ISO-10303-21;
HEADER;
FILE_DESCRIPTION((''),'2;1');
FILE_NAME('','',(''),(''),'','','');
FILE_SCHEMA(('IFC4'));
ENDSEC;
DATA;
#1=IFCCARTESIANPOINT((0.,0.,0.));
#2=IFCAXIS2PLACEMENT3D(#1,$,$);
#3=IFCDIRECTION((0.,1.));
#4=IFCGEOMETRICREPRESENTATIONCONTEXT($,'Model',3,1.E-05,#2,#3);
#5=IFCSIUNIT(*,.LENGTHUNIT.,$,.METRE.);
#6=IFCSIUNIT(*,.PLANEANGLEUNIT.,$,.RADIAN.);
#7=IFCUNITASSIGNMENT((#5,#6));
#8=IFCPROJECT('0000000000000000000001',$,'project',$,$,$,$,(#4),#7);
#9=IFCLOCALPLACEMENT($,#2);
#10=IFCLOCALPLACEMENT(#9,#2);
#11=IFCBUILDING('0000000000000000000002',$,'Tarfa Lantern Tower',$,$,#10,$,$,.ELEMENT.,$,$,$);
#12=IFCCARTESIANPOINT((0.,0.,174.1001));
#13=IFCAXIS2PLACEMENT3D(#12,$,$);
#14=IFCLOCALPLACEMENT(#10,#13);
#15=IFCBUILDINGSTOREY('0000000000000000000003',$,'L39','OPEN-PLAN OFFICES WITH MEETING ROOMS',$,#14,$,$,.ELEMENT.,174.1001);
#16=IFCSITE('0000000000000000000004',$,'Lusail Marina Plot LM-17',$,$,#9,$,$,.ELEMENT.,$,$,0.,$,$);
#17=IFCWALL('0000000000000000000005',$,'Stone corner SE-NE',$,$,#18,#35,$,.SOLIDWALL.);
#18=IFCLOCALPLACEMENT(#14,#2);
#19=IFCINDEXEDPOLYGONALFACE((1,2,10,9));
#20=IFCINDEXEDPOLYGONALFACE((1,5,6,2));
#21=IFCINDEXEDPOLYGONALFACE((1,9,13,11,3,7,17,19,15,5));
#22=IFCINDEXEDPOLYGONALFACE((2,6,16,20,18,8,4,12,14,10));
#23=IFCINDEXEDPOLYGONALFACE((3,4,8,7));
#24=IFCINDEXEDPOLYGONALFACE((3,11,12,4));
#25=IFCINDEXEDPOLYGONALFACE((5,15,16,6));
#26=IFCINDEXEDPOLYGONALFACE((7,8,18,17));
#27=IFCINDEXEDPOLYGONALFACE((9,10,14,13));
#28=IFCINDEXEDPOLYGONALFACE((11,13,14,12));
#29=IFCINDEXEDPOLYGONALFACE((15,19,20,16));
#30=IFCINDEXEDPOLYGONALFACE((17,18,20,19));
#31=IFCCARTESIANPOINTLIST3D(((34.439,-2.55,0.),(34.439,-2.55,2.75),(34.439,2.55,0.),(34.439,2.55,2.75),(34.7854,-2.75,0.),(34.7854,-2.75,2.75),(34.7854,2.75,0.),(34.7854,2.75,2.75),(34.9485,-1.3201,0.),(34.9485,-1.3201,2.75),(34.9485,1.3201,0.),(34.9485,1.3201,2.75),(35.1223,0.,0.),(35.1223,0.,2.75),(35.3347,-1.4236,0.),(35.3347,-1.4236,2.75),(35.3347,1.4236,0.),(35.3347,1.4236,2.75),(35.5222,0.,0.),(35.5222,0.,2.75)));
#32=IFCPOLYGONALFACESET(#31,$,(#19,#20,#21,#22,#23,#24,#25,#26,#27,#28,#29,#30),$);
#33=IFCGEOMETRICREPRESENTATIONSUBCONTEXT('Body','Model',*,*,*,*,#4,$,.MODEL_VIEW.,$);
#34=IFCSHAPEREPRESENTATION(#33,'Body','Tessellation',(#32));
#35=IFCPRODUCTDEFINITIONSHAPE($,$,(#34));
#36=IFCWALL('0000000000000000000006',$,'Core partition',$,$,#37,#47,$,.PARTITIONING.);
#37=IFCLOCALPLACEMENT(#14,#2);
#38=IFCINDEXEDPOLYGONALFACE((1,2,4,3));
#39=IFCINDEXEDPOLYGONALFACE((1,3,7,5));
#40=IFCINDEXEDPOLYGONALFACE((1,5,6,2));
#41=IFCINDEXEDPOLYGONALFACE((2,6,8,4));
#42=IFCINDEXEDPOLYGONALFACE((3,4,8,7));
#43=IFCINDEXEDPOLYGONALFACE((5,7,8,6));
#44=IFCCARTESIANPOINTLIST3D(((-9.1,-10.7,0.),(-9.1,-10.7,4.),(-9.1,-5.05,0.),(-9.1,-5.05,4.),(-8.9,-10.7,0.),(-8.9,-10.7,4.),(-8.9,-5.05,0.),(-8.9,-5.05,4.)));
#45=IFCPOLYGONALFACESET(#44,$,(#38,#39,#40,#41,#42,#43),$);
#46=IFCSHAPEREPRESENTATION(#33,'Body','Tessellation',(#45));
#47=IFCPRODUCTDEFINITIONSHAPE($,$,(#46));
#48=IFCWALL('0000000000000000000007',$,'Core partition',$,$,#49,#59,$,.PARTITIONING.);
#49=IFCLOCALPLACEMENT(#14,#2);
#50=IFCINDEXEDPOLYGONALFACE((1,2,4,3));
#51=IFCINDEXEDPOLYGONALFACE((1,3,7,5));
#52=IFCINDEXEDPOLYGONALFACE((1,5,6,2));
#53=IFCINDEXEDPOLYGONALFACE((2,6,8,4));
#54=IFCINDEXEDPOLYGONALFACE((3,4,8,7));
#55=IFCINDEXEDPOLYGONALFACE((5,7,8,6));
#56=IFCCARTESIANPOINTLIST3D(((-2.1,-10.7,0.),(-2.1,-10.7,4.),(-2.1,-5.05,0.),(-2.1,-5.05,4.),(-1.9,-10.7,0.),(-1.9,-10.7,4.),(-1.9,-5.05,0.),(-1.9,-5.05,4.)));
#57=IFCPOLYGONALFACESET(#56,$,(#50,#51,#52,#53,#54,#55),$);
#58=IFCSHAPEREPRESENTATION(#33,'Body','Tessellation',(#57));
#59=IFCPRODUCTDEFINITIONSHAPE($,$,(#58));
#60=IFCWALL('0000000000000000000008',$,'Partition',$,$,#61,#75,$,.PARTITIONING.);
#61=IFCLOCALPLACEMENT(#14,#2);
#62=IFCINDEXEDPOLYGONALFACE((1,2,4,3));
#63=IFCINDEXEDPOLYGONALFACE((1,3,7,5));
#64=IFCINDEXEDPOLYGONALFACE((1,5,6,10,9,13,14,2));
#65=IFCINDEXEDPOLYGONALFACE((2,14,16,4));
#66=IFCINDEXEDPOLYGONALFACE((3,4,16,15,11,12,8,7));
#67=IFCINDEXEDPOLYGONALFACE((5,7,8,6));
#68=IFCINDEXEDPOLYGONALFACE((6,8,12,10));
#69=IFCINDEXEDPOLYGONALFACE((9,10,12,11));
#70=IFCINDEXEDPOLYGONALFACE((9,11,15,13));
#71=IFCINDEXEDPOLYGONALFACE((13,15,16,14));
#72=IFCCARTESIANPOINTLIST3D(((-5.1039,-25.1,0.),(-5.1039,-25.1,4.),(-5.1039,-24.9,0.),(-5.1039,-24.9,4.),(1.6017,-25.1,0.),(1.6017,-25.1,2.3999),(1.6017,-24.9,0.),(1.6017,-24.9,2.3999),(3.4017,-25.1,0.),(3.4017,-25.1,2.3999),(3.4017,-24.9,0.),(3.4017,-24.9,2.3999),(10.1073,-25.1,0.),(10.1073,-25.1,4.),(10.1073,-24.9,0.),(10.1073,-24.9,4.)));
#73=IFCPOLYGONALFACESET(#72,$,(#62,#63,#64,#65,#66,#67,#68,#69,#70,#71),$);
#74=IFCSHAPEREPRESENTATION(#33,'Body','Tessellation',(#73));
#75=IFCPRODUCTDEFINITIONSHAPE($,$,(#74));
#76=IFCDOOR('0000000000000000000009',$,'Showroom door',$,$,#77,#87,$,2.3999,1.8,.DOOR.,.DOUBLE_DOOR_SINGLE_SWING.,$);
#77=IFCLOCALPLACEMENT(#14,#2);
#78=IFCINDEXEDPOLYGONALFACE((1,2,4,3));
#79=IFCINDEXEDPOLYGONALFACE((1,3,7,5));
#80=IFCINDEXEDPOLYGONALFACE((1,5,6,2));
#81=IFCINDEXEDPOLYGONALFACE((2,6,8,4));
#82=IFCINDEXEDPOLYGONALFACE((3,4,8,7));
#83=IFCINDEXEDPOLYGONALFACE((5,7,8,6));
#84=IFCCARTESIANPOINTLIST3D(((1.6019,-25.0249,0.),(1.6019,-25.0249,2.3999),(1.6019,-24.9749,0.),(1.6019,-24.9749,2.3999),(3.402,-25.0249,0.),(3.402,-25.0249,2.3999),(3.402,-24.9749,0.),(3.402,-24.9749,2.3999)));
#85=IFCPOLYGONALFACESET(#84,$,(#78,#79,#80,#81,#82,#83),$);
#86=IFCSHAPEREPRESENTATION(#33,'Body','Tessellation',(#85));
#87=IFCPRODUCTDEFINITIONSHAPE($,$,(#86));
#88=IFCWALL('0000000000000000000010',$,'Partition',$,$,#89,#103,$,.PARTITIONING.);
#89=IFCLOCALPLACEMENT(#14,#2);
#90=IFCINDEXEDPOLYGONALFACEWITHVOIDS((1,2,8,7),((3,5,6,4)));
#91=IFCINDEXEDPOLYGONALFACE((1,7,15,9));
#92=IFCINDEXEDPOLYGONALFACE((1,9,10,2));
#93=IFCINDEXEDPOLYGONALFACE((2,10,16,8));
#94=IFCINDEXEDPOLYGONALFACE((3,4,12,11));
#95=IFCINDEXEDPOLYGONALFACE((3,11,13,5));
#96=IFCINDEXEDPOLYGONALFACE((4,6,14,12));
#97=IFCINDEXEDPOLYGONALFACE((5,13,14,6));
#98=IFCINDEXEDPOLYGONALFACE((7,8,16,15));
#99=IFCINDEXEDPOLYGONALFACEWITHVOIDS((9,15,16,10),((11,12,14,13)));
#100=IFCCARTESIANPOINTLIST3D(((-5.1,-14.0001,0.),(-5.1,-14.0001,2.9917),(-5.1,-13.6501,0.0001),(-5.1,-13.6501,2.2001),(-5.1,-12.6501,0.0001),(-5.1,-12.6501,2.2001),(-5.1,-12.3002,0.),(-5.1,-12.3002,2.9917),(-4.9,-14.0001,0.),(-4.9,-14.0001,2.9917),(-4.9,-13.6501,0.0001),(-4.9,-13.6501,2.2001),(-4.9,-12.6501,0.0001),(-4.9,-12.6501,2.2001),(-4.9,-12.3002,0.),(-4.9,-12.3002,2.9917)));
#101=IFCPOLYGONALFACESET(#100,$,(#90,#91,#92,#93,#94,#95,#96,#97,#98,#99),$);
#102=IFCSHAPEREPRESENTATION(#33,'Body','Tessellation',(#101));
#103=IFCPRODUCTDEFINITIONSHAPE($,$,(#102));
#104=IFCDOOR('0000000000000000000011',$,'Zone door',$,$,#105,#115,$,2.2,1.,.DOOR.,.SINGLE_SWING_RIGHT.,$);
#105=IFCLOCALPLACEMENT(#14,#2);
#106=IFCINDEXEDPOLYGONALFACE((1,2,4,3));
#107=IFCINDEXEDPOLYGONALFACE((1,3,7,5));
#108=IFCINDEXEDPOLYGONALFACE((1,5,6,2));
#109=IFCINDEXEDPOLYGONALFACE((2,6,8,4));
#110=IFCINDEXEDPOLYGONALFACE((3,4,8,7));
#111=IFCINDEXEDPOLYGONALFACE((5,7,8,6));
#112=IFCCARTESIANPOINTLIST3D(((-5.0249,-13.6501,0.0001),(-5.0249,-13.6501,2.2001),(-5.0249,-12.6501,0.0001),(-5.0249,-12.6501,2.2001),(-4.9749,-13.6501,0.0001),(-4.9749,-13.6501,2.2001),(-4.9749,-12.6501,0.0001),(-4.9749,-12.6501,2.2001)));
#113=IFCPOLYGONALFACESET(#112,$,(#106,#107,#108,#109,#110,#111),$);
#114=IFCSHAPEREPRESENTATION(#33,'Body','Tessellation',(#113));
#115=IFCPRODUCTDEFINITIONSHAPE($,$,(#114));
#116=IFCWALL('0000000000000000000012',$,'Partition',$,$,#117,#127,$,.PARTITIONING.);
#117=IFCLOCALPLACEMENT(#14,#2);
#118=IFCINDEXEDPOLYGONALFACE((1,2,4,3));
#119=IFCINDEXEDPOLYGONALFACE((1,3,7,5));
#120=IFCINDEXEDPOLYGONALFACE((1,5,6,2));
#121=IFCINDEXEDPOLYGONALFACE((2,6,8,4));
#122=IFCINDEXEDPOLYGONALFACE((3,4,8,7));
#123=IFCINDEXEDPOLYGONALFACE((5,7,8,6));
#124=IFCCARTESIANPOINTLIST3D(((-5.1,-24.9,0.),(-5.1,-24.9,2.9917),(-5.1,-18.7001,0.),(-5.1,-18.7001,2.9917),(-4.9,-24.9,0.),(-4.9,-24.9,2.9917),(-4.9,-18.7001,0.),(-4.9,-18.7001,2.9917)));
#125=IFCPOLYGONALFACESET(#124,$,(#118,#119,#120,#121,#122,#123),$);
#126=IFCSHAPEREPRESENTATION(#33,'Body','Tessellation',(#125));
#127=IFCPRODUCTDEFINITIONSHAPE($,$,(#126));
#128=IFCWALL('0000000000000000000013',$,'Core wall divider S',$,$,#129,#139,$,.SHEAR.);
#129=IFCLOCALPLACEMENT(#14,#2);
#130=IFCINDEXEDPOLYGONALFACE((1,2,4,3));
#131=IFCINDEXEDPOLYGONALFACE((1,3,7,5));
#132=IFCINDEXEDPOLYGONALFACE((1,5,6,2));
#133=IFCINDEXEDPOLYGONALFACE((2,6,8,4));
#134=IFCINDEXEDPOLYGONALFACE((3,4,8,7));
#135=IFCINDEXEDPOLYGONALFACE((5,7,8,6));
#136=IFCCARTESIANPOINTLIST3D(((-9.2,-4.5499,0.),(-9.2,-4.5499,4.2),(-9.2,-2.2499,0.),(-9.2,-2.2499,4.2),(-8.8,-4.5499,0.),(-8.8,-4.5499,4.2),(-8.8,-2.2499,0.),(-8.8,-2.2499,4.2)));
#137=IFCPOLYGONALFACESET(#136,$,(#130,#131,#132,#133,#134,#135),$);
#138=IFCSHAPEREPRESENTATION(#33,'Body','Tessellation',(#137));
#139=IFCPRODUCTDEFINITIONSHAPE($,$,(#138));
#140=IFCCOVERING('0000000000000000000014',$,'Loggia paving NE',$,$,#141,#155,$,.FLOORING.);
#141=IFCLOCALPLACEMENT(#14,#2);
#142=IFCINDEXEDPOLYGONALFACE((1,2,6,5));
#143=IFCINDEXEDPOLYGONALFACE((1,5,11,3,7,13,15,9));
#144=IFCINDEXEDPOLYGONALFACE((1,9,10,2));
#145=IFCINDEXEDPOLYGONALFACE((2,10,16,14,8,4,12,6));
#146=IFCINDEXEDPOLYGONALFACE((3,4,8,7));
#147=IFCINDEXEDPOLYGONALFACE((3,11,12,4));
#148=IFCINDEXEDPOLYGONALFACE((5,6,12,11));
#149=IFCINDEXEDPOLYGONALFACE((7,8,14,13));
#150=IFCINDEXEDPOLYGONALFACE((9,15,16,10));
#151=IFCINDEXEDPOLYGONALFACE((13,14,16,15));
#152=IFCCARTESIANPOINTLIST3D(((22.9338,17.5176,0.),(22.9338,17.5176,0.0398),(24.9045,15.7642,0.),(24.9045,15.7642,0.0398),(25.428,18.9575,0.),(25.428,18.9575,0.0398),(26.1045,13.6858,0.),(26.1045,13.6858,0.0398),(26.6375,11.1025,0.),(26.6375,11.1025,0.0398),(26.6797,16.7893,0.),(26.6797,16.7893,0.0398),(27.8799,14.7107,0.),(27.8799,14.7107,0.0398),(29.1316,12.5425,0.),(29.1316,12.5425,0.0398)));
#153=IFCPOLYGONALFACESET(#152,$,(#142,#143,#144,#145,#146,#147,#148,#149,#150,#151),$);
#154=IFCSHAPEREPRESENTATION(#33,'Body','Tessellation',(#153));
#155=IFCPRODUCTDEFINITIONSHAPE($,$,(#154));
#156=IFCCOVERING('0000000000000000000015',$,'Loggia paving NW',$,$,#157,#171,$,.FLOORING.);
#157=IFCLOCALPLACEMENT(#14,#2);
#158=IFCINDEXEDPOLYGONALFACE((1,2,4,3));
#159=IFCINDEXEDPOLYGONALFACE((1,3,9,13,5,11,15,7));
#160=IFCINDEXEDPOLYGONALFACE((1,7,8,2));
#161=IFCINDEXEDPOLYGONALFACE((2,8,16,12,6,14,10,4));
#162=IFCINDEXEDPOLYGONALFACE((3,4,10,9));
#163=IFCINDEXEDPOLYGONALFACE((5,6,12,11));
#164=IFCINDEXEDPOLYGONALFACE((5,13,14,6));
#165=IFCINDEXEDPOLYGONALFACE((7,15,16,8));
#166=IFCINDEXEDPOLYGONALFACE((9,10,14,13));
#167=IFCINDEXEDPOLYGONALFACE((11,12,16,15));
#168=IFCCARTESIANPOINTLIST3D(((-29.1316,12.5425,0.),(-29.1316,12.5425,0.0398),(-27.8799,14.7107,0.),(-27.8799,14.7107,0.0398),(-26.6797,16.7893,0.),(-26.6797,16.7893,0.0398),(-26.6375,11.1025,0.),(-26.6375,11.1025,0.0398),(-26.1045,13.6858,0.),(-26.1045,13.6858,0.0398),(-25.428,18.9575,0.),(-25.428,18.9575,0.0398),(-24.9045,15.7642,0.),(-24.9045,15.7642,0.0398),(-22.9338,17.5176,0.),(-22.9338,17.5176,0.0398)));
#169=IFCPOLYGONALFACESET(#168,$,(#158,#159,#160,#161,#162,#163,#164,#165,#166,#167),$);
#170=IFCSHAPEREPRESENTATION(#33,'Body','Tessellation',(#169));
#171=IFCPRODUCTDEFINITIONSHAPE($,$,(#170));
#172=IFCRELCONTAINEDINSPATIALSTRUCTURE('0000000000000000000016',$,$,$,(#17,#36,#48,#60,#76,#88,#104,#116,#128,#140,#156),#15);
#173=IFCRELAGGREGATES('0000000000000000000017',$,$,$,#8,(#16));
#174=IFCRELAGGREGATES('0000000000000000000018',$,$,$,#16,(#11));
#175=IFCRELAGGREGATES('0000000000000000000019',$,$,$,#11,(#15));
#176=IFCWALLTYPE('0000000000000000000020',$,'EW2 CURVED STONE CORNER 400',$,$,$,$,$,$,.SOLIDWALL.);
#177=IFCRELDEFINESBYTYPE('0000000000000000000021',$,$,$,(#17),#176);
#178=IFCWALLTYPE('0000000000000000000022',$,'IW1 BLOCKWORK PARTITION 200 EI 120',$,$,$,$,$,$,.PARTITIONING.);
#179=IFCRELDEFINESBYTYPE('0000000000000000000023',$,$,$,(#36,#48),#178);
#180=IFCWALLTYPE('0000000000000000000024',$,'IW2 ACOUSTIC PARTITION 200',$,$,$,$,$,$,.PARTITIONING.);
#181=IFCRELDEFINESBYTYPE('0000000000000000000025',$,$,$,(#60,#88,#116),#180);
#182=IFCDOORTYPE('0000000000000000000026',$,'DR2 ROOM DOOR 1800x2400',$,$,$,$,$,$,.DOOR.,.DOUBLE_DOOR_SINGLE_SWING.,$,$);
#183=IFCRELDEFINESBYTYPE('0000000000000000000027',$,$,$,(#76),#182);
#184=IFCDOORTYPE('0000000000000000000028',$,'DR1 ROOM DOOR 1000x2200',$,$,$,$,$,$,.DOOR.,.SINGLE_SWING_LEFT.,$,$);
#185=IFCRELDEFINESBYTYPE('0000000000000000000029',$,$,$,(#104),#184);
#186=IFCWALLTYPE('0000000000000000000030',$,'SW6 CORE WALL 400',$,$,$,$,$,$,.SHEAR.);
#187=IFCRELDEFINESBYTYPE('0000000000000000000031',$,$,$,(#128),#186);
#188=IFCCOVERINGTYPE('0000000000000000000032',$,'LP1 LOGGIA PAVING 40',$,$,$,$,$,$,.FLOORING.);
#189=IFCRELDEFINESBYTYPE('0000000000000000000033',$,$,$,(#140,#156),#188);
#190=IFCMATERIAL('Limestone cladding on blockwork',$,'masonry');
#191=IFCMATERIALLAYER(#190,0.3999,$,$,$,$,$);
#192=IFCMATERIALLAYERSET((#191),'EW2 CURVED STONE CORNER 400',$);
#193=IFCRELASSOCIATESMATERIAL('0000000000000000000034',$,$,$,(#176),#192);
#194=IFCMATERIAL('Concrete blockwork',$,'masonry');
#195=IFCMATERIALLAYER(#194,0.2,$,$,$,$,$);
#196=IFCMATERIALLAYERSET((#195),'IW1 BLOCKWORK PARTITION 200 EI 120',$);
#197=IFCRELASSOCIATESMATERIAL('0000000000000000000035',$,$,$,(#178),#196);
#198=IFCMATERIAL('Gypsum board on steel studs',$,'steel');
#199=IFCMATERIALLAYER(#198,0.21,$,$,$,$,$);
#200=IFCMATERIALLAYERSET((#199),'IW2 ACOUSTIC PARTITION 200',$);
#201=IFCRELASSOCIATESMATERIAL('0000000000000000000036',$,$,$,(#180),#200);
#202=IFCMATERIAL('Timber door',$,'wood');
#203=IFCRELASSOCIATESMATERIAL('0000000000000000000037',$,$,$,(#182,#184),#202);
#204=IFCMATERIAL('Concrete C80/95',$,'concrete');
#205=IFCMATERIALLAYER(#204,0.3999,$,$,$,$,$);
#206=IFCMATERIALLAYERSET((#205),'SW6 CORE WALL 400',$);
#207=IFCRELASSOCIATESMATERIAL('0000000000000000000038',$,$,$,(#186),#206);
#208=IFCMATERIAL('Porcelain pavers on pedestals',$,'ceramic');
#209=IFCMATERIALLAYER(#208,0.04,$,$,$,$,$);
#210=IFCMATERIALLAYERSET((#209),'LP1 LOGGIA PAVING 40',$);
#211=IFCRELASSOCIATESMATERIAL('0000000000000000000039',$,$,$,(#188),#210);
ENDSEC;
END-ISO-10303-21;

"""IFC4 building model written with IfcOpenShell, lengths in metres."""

from ifc_helpers import new_model, si_unit, direction, frame, frame_2d, origin, place, context, subcontext, project, spatial, polyline, rectangle, outline, extrude, material, layer, layer_set, type_object, element, fill, save


model = new_model("IFC4")

# Units and contexts
model_context = context("Model", 3, precision=1e-05, world=origin(), true_north=direction((0.0, 1.0)))
body_context = subcontext(model_context, "Body", "Model", "MODEL_VIEW")
ifc_project = project(units=[si_unit("LENGTHUNIT", "METRE"), si_unit("PLANEANGLEUNIT", "RADIAN")], contexts=[model_context])

# Site, building, storey
site_placement = place(None, origin())
site = spatial("IfcSite", under=ifc_project, at=site_placement, Name="Lusail Marina Plot LM-17", CompositionType="ELEMENT", RefElevation=0.0)
building_placement = place(site_placement, origin())
building = spatial("IfcBuilding", under=site, at=building_placement, Name="Tarfa Lantern Tower", CompositionType="ELEMENT")
storey_placement = place(building_placement, frame((0.0, 0.0, 174.1001)))
storey = spatial("IfcBuildingStorey", under=building, at=storey_placement, Name="L39", Description="OPEN-PLAN OFFICES WITH MEETING ROOMS", CompositionType="ELEMENT", Elevation=174.1001)

# Walls
ifc_material_1 = material(Name="Limestone cladding on blockwork", Category="masonry")
ifc_layer_1 = layer(ifc_material_1, 0.3999)
ifc_layer_set_1 = layer_set([ifc_layer_1], Name="EW2 CURVED STONE CORNER 400")
wall_type_1 = type_object("IfcWallType", Name="EW2 CURVED STONE CORNER 400", PredefinedType="SOLIDWALL", material=ifc_layer_set_1)
wall_1_placement = place(storey_placement, origin())
element("IfcWall", 1, at=wall_1_placement, inside=storey, type_object=wall_type_1, Name="Stone corner SE-NE", PredefinedType="SOLIDWALL", context=body_context, shape_type="SweptSolid", body=[
    extrude(outline(polyline([(34.7854, -2.75), (35.3347, -1.4236), (35.5222, 0.0), (35.3347, 1.4236), (34.7854, 2.75), (34.439, 2.55), (34.9485, 1.3201), (35.1223, 0.0), (34.9485, -1.3201), (34.439, -2.55), (34.7854, -2.75)])), origin(), (0.0, 0.0, 1.0), 2.75),
])
ifc_material_2 = material(Name="Concrete blockwork", Category="masonry")
ifc_layer_2 = layer(ifc_material_2, 0.2)
ifc_layer_set_2 = layer_set([ifc_layer_2], Name="IW1 BLOCKWORK PARTITION 200 EI 120")
wall_type_2 = type_object("IfcWallType", Name="IW1 BLOCKWORK PARTITION 200 EI 120", PredefinedType="PARTITIONING", material=ifc_layer_set_2)
for number, where, z_axis, x_axis, name in (
    (2, (-9.0, -5.05, 0.0), (0.0, 0.0, 1.0), (0.0, -1.0, 0.0), "Core partition"),
    (3, (-2.0, -5.05, 0.0), (0.0, 0.0, 1.0), (0.0, -1.0, 0.0), "Core partition"),
):
    element("IfcWall", number, at=place(storey_placement, frame(where, z_axis=z_axis, x_axis=x_axis)), inside=storey, type_object=wall_type_2, Name=name, PredefinedType="PARTITIONING", context=body_context, shape_type="SweptSolid", body=[
        extrude(rectangle(XDim=5.6499, YDim=0.2, at=frame_2d((2.825, 0.0))), origin(), (0.0, 0.0, 1.0), 4.0),
    ])

# Walls, openings, doors
ifc_material_3 = material(Name="Gypsum board on steel studs", Category="steel")
ifc_layer_3 = layer(ifc_material_3, 0.21)
ifc_layer_set_3 = layer_set([ifc_layer_3], Name="IW2 ACOUSTIC PARTITION 200")
wall_type_3 = type_object("IfcWallType", Name="IW2 ACOUSTIC PARTITION 200", PredefinedType="PARTITIONING", material=ifc_layer_set_3)
wall_2_placement = place(storey_placement, frame((-5.1038, -25.0, 0.0), z_axis=(0.0, 0.0, 1.0), x_axis=(1.0, 0.0, 0.0)))
wall_2 = element("IfcWall", 4, at=wall_2_placement, inside=storey, type_object=wall_type_3, Name="Partition", PredefinedType="PARTITIONING", context=body_context, shape_type="SweptSolid", body=[
    extrude(rectangle(XDim=15.2112, YDim=0.2, at=frame_2d((7.6055, 0.0))), origin(), (0.0, 0.0, 1.0), 4.0),
])
opening_1_placement = place(wall_2_placement, frame((6.7056, 0.0, 0.0)))
opening_1 = element("IfcOpeningElement", 5, at=opening_1_placement, cuts=wall_2, PredefinedType="OPENING", context=body_context, shape_type="SweptSolid", body=[
    extrude(rectangle(XDim=1.8, YDim=2.3999, at=frame_2d((0.8999, 1.2))), frame((0.0, 0.1099, 0.0), z_axis=(0.0, -1.0, 0.0), x_axis=(1.0, 0.0, 0.0)), (0.0, 0.0, 1.0), 0.22),
])
ifc_material_4 = material(Name="Timber door", Category="wood")
door_type_1 = type_object("IfcDoorType", Name="DR2 ROOM DOOR 1800x2400", OperationType="DOUBLE_DOOR_SINGLE_SWING", PredefinedType="DOOR", material=ifc_material_4)
door_1_placement = place(opening_1_placement, frame((1.8, 0.0, 0.0), z_axis=(0.0, 0.0, 1.0), x_axis=(-1.0, 0.0, 0.0)))
door_1 = element("IfcDoor", 6, at=door_1_placement, inside=storey, type_object=door_type_1, Name="Showroom door", OperationType="DOUBLE_DOOR_SINGLE_SWING", OverallHeight=2.3999, OverallWidth=1.8, PredefinedType="DOOR", context=body_context, shape_type="SweptSolid", body=[
    extrude(rectangle(XDim=1.8, YDim=2.3999, at=frame_2d((0.8999, 1.2))), frame((0.0, 0.0249, 0.0), z_axis=(0.0, -1.0, 0.0), x_axis=(1.0, 0.0, 0.0)), (0.0, 0.0, 1.0), 0.05),
])
fill(opening_1, door_1)
wall_3_placement = place(storey_placement, frame((-5.0, -12.3, 0.0), z_axis=(0.0, 0.0, 1.0), x_axis=(0.0, -1.0, 0.0)))
wall_3 = element("IfcWall", 7, at=wall_3_placement, inside=storey, type_object=wall_type_3, Name="Partition", PredefinedType="PARTITIONING", context=body_context, shape_type="SweptSolid", body=[
    extrude(rectangle(XDim=1.7, YDim=0.2, at=frame_2d((0.8501, 0.0))), origin(), (0.0, 0.0, 1.0), 2.9917),
])
opening_2_placement = place(wall_3_placement, frame((0.3501, 0.0, 0.0)))
opening_2 = element("IfcOpeningElement", 8, at=opening_2_placement, cuts=wall_3, PredefinedType="OPENING", context=body_context, shape_type="SweptSolid", body=[
    extrude(rectangle(XDim=1.0, YDim=2.2, at=frame_2d((0.5, 1.1001))), frame((0.0, 0.1099, 0.0), z_axis=(0.0, -1.0, 0.0), x_axis=(1.0, 0.0, 0.0)), (0.0, 0.0, 1.0), 0.22),
])
door_type_2 = type_object("IfcDoorType", Name="DR1 ROOM DOOR 1000x2200", OperationType="SINGLE_SWING_LEFT", PredefinedType="DOOR", material=ifc_material_4)
door_2_placement = place(opening_2_placement, frame((1.0, 0.0, 0.0), z_axis=(0.0, 0.0, 1.0), x_axis=(-1.0, 0.0, 0.0)))
door_2 = element("IfcDoor", 9, at=door_2_placement, inside=storey, type_object=door_type_2, Name="Zone door", OperationType="SINGLE_SWING_RIGHT", OverallHeight=2.2, OverallWidth=1.0, PredefinedType="DOOR", context=body_context, shape_type="SweptSolid", body=[
    extrude(rectangle(XDim=1.0, YDim=2.2, at=frame_2d((0.5, 1.1001))), frame((0.0, 0.0249, 0.0), z_axis=(0.0, -1.0, 0.0), x_axis=(1.0, 0.0, 0.0)), (0.0, 0.0, 1.0), 0.05),
])
fill(opening_2, door_2)

# Walls
wall_4_placement = place(storey_placement, frame((-5.0, -18.7, 0.0), z_axis=(0.0, 0.0, 1.0), x_axis=(0.0, -1.0, 0.0)))
element("IfcWall", 10, at=wall_4_placement, inside=storey, type_object=wall_type_3, Name="Partition", PredefinedType="PARTITIONING", context=body_context, shape_type="SweptSolid", body=[
    extrude(rectangle(XDim=6.2, YDim=0.2, at=frame_2d((3.1001, 0.0))), origin(), (0.0, 0.0, 1.0), 2.9917),
])
ifc_material_5 = material(Name="Concrete C80/95", Category="concrete")
ifc_layer_4 = layer(ifc_material_5, 0.3999)
ifc_layer_set_4 = layer_set([ifc_layer_4], Name="SW6 CORE WALL 400")
wall_type_4 = type_object("IfcWallType", Name="SW6 CORE WALL 400", PredefinedType="SHEAR", material=ifc_layer_set_4)
wall_5_placement = place(storey_placement, frame((-9.0, -2.25, 0.0), z_axis=(0.0, 0.0, 1.0), x_axis=(0.0, -1.0, 0.0)))
element("IfcWall", 11, at=wall_5_placement, inside=storey, type_object=wall_type_4, Name="Core wall divider S", PredefinedType="SHEAR", context=body_context, shape_type="SweptSolid", body=[
    extrude(rectangle(XDim=2.3, YDim=0.3999, at=frame_2d((1.1499, 0.0))), origin(), (0.0, 0.0, 1.0), 4.2),
])

# Coverings
ifc_material_6 = material(Name="Porcelain pavers on pedestals", Category="ceramic")
ifc_layer_5 = layer(ifc_material_6, 0.04)
ifc_layer_set_5 = layer_set([ifc_layer_5], Name="LP1 LOGGIA PAVING 40")
covering_type = type_object("IfcCoveringType", Name="LP1 LOGGIA PAVING 40", PredefinedType="FLOORING", material=ifc_layer_set_5)
covering_1_placement = place(storey_placement, origin())
element("IfcCovering", 12, at=covering_1_placement, inside=storey, type_object=covering_type, Name="Loggia paving NE", PredefinedType="FLOORING", context=body_context, shape_type="SweptSolid", body=[
    extrude(outline(polyline([(29.1316, 12.5425), (26.6375, 11.1025), (22.9338, 17.5176), (25.428, 18.9575), (26.6797, 16.7893), (24.9045, 15.7642), (26.1045, 13.6858), (27.8799, 14.7107), (29.1316, 12.5425)])), origin(), (0.0, 0.0, 1.0), 0.0398),
])
covering_2_placement = place(storey_placement, origin())
element("IfcCovering", 13, at=covering_2_placement, inside=storey, type_object=covering_type, Name="Loggia paving NW", PredefinedType="FLOORING", context=body_context, shape_type="SweptSolid", body=[
    extrude(outline(polyline([(-25.428, 18.9575), (-22.9338, 17.5176), (-26.6375, 11.1025), (-29.1316, 12.5425), (-27.8799, 14.7107), (-26.1045, 13.6858), (-24.9045, 15.7642), (-26.6797, 16.7893), (-25.428, 18.9575)])), origin(), (0.0, 0.0, 1.0), 0.0398),
])

save(model, "model.ifc")
